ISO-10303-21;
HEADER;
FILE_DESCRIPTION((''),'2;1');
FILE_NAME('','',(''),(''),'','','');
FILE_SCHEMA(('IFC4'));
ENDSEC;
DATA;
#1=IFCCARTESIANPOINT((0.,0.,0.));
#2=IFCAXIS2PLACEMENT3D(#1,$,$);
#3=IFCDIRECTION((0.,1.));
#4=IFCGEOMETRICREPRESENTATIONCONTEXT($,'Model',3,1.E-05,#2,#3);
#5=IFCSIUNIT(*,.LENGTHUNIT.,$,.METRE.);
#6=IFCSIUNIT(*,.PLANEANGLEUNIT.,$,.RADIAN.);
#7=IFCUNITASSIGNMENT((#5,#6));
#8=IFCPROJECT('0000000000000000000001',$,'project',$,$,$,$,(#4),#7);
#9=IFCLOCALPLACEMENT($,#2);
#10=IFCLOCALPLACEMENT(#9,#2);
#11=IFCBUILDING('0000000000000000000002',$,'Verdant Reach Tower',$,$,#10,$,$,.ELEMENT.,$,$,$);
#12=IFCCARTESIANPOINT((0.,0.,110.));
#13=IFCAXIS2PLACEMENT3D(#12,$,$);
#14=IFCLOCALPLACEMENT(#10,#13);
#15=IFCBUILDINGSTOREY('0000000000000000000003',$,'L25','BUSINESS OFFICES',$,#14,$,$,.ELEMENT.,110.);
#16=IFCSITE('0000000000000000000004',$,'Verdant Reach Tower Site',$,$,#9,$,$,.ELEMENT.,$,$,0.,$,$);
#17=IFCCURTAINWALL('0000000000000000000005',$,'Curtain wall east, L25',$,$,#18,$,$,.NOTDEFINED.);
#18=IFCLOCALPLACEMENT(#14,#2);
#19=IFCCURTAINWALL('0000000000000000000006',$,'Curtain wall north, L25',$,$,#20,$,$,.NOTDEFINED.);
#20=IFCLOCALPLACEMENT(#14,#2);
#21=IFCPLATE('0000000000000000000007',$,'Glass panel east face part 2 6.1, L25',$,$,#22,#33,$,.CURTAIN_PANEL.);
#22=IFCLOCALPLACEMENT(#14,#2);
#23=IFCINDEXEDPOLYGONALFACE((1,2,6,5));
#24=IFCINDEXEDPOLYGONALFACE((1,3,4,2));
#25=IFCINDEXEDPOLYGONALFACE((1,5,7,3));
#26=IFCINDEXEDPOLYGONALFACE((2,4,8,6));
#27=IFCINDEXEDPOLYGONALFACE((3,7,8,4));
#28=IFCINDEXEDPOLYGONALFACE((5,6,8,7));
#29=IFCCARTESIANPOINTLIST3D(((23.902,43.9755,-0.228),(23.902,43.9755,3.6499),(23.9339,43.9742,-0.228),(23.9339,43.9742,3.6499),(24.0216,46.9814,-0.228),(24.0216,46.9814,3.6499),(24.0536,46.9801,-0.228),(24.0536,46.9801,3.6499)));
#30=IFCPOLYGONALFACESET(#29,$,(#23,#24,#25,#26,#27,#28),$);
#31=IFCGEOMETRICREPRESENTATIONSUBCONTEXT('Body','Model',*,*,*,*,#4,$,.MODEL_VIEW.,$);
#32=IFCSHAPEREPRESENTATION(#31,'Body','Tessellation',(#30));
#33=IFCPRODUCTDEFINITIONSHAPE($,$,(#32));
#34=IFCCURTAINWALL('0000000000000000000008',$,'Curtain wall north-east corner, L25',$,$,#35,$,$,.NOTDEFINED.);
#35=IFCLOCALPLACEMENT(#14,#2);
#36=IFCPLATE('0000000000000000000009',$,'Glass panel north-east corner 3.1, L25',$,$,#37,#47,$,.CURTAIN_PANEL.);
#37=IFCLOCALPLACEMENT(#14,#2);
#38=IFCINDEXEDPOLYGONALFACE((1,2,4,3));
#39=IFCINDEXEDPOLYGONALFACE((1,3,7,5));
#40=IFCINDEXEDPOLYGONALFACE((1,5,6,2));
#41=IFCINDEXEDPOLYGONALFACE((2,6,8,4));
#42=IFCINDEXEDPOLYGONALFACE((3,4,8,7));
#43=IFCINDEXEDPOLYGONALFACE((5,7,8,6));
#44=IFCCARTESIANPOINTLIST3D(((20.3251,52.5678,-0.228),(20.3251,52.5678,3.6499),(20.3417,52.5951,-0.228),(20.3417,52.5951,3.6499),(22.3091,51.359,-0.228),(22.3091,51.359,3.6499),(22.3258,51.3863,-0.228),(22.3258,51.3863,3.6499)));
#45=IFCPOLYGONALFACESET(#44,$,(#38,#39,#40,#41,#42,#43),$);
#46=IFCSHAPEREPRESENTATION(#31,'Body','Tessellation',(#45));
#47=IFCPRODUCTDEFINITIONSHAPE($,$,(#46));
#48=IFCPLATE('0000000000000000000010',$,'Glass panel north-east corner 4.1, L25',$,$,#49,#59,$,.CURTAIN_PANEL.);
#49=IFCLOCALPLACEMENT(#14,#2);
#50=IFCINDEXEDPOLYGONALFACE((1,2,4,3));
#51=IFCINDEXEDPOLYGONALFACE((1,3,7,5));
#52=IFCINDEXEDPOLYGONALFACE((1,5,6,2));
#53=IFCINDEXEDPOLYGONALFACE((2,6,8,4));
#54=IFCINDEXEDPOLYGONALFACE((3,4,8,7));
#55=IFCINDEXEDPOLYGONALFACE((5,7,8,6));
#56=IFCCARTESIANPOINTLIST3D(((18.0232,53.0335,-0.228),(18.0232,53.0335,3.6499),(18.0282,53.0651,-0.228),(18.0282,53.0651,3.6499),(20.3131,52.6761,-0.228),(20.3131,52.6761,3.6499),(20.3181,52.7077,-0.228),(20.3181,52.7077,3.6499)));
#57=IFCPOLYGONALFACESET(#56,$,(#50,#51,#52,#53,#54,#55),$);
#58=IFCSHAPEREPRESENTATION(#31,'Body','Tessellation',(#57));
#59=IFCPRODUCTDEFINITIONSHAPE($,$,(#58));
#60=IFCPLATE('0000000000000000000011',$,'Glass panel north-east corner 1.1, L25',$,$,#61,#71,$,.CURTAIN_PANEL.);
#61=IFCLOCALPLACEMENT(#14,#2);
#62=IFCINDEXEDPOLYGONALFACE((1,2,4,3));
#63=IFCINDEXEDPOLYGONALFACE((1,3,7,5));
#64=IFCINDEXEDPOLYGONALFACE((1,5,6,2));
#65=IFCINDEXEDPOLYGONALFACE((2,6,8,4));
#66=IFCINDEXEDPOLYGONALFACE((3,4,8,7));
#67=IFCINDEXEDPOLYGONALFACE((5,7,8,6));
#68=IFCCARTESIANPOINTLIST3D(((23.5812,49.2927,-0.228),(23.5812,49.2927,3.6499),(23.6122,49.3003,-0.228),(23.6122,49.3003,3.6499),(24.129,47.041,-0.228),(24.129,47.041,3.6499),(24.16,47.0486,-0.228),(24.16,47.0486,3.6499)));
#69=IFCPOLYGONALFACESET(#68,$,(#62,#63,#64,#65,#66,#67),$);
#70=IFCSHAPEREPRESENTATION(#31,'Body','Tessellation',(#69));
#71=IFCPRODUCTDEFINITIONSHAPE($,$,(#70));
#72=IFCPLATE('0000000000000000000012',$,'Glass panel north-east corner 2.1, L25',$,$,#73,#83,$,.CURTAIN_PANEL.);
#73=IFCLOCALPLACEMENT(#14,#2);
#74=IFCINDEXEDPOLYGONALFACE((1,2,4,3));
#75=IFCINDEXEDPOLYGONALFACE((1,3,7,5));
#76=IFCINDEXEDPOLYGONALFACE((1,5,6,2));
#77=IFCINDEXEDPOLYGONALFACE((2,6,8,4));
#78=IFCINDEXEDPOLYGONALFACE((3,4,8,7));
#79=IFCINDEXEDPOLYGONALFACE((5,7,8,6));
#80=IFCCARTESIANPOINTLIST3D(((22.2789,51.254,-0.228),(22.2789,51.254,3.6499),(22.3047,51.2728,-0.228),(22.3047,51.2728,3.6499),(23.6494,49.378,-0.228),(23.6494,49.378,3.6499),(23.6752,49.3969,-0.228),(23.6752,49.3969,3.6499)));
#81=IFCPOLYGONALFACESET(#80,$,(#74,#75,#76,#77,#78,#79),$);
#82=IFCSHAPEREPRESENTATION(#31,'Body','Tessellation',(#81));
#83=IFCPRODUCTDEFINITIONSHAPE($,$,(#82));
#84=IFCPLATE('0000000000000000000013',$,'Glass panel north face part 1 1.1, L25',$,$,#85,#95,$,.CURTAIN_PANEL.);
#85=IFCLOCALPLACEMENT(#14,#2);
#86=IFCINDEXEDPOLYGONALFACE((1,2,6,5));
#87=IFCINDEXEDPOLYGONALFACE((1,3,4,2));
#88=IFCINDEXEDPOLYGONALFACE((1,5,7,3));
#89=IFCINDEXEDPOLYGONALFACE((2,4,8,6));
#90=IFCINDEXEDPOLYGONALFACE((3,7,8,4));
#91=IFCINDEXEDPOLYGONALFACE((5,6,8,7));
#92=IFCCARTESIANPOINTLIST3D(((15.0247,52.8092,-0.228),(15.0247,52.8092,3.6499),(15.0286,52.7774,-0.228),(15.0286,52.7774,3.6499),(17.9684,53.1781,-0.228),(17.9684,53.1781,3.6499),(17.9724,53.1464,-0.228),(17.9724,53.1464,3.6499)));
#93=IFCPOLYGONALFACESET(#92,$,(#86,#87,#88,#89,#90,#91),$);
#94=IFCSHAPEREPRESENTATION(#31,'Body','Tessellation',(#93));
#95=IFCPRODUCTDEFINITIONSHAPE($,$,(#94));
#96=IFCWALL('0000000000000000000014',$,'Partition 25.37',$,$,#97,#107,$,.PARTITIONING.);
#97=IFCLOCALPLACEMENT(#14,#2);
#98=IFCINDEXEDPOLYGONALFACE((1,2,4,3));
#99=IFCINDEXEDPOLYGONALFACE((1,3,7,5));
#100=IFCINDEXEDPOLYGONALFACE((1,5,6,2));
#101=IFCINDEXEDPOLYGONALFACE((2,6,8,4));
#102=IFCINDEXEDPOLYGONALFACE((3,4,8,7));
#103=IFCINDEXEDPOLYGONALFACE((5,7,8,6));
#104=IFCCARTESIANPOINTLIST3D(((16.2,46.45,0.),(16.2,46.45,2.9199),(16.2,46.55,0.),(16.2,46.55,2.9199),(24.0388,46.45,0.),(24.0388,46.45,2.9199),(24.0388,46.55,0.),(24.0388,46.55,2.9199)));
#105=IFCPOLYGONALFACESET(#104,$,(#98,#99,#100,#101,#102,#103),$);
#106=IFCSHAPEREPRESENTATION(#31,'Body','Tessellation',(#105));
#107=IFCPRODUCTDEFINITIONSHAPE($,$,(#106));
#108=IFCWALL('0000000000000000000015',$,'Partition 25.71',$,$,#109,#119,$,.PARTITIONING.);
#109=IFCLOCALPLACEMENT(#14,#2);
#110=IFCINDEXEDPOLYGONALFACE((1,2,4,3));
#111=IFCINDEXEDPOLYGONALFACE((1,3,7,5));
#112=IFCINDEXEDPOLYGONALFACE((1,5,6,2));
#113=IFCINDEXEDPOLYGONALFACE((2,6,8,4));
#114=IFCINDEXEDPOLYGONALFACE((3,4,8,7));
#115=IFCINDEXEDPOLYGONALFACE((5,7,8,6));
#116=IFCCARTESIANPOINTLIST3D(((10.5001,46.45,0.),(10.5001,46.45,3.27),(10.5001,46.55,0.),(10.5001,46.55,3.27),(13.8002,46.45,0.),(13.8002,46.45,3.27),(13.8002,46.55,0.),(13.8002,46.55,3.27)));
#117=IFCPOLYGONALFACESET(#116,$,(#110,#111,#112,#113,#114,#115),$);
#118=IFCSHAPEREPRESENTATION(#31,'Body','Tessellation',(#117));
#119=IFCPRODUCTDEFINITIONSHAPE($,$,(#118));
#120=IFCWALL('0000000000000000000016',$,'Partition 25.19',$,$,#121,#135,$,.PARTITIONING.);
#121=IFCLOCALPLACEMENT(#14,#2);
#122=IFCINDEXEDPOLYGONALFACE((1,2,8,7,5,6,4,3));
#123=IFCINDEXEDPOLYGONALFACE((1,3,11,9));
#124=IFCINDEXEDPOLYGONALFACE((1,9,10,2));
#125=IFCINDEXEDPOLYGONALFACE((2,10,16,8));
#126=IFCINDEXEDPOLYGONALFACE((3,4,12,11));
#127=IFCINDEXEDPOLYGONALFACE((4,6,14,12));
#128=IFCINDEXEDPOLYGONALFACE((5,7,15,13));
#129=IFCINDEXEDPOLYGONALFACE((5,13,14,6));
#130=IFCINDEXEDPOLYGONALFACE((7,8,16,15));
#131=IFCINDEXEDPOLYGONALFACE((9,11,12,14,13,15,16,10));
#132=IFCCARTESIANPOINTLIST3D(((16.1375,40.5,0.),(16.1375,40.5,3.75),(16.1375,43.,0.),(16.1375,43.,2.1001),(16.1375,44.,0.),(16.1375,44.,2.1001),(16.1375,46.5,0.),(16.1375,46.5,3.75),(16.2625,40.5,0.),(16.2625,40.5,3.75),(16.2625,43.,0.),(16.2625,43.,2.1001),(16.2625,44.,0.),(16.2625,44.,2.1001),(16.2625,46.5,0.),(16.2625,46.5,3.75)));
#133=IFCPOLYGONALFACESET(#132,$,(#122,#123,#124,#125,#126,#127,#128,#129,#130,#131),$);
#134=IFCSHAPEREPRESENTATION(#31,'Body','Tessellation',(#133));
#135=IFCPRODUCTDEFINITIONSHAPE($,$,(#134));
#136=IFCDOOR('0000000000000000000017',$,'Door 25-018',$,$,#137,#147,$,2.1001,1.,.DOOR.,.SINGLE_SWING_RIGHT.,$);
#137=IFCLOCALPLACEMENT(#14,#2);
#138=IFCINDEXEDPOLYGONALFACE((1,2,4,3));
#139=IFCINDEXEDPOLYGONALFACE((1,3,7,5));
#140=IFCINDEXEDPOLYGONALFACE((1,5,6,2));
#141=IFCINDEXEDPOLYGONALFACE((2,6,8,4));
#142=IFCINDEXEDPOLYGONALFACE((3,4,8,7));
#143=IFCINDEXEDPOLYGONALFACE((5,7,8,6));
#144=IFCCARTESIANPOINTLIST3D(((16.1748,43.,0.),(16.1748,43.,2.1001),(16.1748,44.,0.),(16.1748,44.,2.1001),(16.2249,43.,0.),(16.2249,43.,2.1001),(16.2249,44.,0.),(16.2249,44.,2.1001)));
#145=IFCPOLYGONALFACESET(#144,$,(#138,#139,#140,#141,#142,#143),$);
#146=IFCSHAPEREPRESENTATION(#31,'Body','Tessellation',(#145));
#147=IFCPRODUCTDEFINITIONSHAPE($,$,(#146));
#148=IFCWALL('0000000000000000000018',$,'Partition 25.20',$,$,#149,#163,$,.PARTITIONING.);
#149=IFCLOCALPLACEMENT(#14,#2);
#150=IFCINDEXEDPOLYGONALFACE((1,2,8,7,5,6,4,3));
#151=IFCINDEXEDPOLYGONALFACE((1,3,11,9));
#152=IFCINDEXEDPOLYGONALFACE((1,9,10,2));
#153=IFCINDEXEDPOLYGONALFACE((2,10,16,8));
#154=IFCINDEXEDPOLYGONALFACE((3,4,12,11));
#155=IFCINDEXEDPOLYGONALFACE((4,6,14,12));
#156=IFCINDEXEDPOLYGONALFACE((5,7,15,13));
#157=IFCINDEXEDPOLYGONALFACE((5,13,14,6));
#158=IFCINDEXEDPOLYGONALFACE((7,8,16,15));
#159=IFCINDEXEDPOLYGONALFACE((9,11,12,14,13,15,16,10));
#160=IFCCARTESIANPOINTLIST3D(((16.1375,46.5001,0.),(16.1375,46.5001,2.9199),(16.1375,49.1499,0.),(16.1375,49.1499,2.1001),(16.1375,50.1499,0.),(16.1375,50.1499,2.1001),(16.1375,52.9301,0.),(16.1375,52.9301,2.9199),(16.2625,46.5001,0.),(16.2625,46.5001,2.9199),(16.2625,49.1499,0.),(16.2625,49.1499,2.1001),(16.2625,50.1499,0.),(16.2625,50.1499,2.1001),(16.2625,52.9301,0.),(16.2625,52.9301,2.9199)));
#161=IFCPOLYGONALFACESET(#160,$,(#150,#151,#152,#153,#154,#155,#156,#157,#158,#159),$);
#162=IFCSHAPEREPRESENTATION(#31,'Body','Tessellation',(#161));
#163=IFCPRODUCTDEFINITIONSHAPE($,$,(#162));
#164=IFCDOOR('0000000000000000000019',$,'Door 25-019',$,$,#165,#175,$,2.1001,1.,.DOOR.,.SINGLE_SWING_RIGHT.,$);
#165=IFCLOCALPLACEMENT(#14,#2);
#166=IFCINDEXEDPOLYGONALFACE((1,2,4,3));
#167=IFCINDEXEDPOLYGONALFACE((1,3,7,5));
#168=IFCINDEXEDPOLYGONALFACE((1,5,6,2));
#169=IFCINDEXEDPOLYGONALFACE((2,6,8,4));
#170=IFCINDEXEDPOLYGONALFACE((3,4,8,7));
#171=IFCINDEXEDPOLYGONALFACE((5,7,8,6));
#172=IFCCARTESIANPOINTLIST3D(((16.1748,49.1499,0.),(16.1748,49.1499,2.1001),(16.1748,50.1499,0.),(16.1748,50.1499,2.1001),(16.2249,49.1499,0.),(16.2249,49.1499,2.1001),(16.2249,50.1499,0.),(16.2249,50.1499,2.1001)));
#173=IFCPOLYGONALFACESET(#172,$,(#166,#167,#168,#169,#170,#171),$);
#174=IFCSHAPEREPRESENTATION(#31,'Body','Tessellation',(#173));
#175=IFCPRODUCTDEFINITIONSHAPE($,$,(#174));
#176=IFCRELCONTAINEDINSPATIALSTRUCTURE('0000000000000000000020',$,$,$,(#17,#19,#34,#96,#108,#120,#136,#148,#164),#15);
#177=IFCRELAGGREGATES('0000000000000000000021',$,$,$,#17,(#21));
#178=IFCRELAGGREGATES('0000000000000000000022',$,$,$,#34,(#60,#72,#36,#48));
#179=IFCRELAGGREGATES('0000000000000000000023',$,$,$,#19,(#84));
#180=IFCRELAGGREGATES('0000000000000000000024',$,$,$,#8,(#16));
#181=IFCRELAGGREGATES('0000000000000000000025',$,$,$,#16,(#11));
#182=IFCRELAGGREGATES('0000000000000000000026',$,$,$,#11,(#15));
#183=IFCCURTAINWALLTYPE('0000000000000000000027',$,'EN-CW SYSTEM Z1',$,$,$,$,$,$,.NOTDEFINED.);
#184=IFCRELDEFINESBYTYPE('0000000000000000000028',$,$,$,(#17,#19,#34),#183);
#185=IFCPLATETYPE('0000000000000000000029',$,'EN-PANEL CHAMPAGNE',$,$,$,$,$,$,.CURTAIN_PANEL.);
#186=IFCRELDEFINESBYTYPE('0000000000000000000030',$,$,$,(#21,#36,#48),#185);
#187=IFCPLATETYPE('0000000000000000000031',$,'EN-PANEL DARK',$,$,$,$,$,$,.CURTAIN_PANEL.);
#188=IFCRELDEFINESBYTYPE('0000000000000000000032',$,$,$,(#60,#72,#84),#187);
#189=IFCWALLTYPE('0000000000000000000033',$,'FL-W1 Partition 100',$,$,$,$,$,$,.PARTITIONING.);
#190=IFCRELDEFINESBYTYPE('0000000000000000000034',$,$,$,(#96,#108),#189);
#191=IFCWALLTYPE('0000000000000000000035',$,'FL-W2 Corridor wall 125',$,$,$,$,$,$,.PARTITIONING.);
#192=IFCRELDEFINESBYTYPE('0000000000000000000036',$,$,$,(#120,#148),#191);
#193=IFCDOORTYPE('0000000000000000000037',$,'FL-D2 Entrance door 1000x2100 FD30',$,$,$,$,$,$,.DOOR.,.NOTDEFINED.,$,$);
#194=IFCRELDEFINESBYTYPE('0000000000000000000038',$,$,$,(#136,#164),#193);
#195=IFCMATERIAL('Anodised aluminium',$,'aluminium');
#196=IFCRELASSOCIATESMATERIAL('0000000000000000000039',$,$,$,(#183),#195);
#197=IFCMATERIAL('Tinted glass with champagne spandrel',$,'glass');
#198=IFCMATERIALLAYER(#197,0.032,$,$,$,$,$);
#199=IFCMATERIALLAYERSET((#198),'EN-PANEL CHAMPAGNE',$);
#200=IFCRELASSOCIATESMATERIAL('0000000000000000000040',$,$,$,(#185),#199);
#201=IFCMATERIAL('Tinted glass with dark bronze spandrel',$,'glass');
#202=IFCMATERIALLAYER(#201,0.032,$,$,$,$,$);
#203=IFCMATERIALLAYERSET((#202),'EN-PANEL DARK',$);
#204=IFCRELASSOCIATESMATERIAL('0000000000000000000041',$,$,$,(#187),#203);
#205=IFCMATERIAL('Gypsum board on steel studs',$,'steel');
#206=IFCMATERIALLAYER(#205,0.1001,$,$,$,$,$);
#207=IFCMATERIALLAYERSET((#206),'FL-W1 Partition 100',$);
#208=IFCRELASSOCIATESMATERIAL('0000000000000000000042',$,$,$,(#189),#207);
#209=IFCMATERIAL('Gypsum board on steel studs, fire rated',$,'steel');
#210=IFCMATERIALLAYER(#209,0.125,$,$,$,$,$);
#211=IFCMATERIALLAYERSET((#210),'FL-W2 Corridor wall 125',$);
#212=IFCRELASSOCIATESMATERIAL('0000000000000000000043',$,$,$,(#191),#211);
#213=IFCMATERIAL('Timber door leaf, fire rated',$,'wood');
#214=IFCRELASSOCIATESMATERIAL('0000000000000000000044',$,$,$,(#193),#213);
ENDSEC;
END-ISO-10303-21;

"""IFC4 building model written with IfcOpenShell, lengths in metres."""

from ifc_helpers import new_model, si_unit, direction, frame, frame_2d, origin, origin_2d, place, context, subcontext, project, spatial, rectangle, extrude, material, layer, layer_set, type_object, element, fill, aggregate, save


model = new_model("IFC4")

# Units and contexts
model_context = context("Model", 3, precision=1e-05, world=origin(), true_north=direction((0.0, 1.0)))
body_context = subcontext(model_context, "Body", "Model", "MODEL_VIEW")
ifc_project = project(units=[si_unit("LENGTHUNIT", "METRE"), si_unit("PLANEANGLEUNIT", "RADIAN")], contexts=[model_context])

# Site, building, storey
site_placement = place(None, origin())
site = spatial("IfcSite", under=ifc_project, at=site_placement, Name="Verdant Reach Tower Site", CompositionType="ELEMENT", RefElevation=0.0)
building_placement = place(site_placement, origin())
building = spatial("IfcBuilding", under=site, at=building_placement, Name="Verdant Reach Tower", CompositionType="ELEMENT")
storey_placement = place(building_placement, frame((0.0, 0.0, 110.0)))
storey = spatial("IfcBuildingStorey", under=building, at=storey_placement, Name="L25", Description="BUSINESS OFFICES", CompositionType="ELEMENT", Elevation=110.0)

# Curtain walls
ifc_material_1 = material(Name="Anodised aluminium", Category="aluminium")
curtain_wall_type = type_object("IfcCurtainWallType", Name="EN-CW SYSTEM Z1", PredefinedType="NOTDEFINED", material=ifc_material_1)
curtain_wall_1_placement = place(storey_placement, origin())
curtain_wall_1 = element("IfcCurtainWall", 1, at=curtain_wall_1_placement, inside=storey, type_object=curtain_wall_type, Name="Curtain wall east, L25", PredefinedType="NOTDEFINED")
curtain_wall_2_placement = place(storey_placement, origin())
curtain_wall_2 = element("IfcCurtainWall", 2, at=curtain_wall_2_placement, inside=storey, type_object=curtain_wall_type, Name="Curtain wall north, L25", PredefinedType="NOTDEFINED")

# Plate
ifc_material_2 = material(Name="Tinted glass with champagne spandrel", Category="glass")
ifc_layer_1 = layer(ifc_material_2, 0.032)
ifc_layer_set_1 = layer_set([ifc_layer_1], Name="EN-PANEL CHAMPAGNE")
plate_type_1 = type_object("IfcPlateType", Name="EN-PANEL CHAMPAGNE", PredefinedType="CURTAIN_PANEL", material=ifc_layer_set_1)
plate_1_placement = place(storey_placement, frame((23.9778, 45.4778, -0.228), z_axis=(0.0, 0.0, 1.0), x_axis=(0.039784, 0.999208, 0.0)))
plate_1 = element("IfcPlate", 3, at=plate_1_placement, type_object=plate_type_1, Name="Glass panel east face part 2 6.1, L25", PredefinedType="CURTAIN_PANEL", context=body_context, shape_type="SweptSolid", body=[
    extrude(rectangle(XDim=3.0083, YDim=0.032, at=origin_2d()), origin(), (0.0, 0.0, 1.0), 3.8779),
])
aggregate(curtain_wall_1, [plate_1])

# Curtain wall, plates
curtain_wall_3_placement = place(storey_placement, origin())
curtain_wall_3 = element("IfcCurtainWall", 4, at=curtain_wall_3_placement, inside=storey, type_object=curtain_wall_type, Name="Curtain wall north-east corner, L25", PredefinedType="NOTDEFINED")
plate_2_placement = place(storey_placement, frame((21.3254, 51.9771, -0.228), z_axis=(0.0, 0.0, 1.0), x_axis=(-0.853989, 0.520292, 0.0)))
plate_2 = element("IfcPlate", 5, at=plate_2_placement, type_object=plate_type_1, Name="Glass panel north-east corner 3.1, L25", PredefinedType="CURTAIN_PANEL", context=body_context, shape_type="SweptSolid", body=[
    extrude(rectangle(XDim=2.3232, YDim=0.032, at=origin_2d()), origin(), (0.0, 0.0, 1.0), 3.8779),
])
plate_3_placement = place(storey_placement, frame((19.1707, 52.8706, -0.228), z_axis=(0.0, 0.0, 1.0), x_axis=(-0.988033, 0.154245, 0.0)))
plate_3 = element("IfcPlate", 6, at=plate_3_placement, type_object=plate_type_1, Name="Glass panel north-east corner 4.1, L25", PredefinedType="CURTAIN_PANEL", context=body_context, shape_type="SweptSolid", body=[
    extrude(rectangle(XDim=2.3176, YDim=0.032, at=origin_2d()), origin(), (0.0, 0.0, 1.0), 3.8779),
])
ifc_material_3 = material(Name="Tinted glass with dark bronze spandrel", Category="glass")
ifc_layer_2 = layer(ifc_material_3, 0.032)
ifc_layer_set_2 = layer_set([ifc_layer_2], Name="EN-PANEL DARK")
plate_type_2 = type_object("IfcPlateType", Name="EN-PANEL DARK", PredefinedType="CURTAIN_PANEL", material=ifc_layer_set_2)
plate_4_placement = place(storey_placement, frame((23.8706, 48.1707, -0.228), z_axis=(0.0, 0.0, 1.0), x_axis=(-0.236383, 0.97166, 0.0)))
plate_4 = element("IfcPlate", 7, at=plate_4_placement, type_object=plate_type_2, Name="Glass panel north-east corner 1.1, L25", PredefinedType="CURTAIN_PANEL", context=body_context, shape_type="SweptSolid", body=[
    extrude(rectangle(XDim=2.3174, YDim=0.032, at=origin_2d()), origin(), (0.0, 0.0, 1.0), 3.8779),
])
plate_5_placement = place(storey_placement, frame((22.9771, 50.3254, -0.228), z_axis=(0.0, 0.0, 1.0), x_axis=(-0.589927, 0.807457, 0.0)))
plate_5 = element("IfcPlate", 8, at=plate_5_placement, type_object=plate_type_2, Name="Glass panel north-east corner 2.1, L25", PredefinedType="CURTAIN_PANEL", context=body_context, shape_type="SweptSolid", body=[
    extrude(rectangle(XDim=2.3232, YDim=0.032, at=origin_2d()), origin(), (0.0, 0.0, 1.0), 3.8779),
])
aggregate(curtain_wall_3, [plate_4, plate_5, plate_2, plate_3])

# Plate
plate_6_placement = place(storey_placement, frame((16.4985, 52.9778, -0.228), z_axis=(0.0, 0.0, 1.0), x_axis=(-0.992235, -0.124374, 0.0)))
plate_6 = element("IfcPlate", 9, at=plate_6_placement, type_object=plate_type_2, Name="Glass panel north face part 1 1.1, L25", PredefinedType="CURTAIN_PANEL", context=body_context, shape_type="SweptSolid", body=[
    extrude(rectangle(XDim=2.9668, YDim=0.032, at=origin_2d()), origin(), (0.0, 0.0, 1.0), 3.8779),
])
aggregate(curtain_wall_2, [plate_6])

# Walls
ifc_material_4 = material(Name="Gypsum board on steel studs", Category="steel")
ifc_layer_3 = layer(ifc_material_4, 0.1001)
ifc_layer_set_3 = layer_set([ifc_layer_3], Name="FL-W1 Partition 100")
wall_type_1 = type_object("IfcWallType", Name="FL-W1 Partition 100", PredefinedType="PARTITIONING", material=ifc_layer_set_3)
wall_1_placement = place(storey_placement, frame((24.0388, 46.5, 0.0), z_axis=(0.0, 0.0, 1.0), x_axis=(-1.0, 0.0, 0.0)))
element("IfcWall", 10, at=wall_1_placement, inside=storey, type_object=wall_type_1, Name="Partition 25.37", PredefinedType="PARTITIONING", context=body_context, shape_type="SweptSolid", body=[
    extrude(rectangle(XDim=7.8389, YDim=0.1001, at=frame_2d((3.9194, 0.0))), origin(), (0.0, 0.0, 1.0), 2.9199),
])
wall_2_placement = place(storey_placement, frame((13.8, 46.5, 0.0), z_axis=(0.0, 0.0, 1.0), x_axis=(-1.0, 0.0, 0.0)))
element("IfcWall", 11, at=wall_2_placement, inside=storey, type_object=wall_type_1, Name="Partition 25.71", PredefinedType="PARTITIONING", context=body_context, shape_type="SweptSolid", body=[
    extrude(rectangle(XDim=3.3, YDim=0.1001, at=frame_2d((1.6499, 0.0))), origin(), (0.0, 0.0, 1.0), 3.27),
])

# Walls, openings, doors
ifc_material_5 = material(Name="Gypsum board on steel studs, fire rated", Category="steel")
ifc_layer_4 = layer(ifc_material_5, 0.125)
ifc_layer_set_4 = layer_set([ifc_layer_4], Name="FL-W2 Corridor wall 125")
wall_type_2 = type_object("IfcWallType", Name="FL-W2 Corridor wall 125", PredefinedType="PARTITIONING", material=ifc_layer_set_4)
wall_3_placement = place(storey_placement, frame((16.2, 46.5, 0.0), z_axis=(0.0, 0.0, 1.0), x_axis=(0.0, -1.0, 0.0)))
wall_3 = element("IfcWall", 12, at=wall_3_placement, inside=storey, type_object=wall_type_2, Name="Partition 25.19", PredefinedType="PARTITIONING", context=body_context, shape_type="SweptSolid", body=[
    extrude(rectangle(XDim=6.0, YDim=0.125, at=frame_2d((3.0, 0.0))), origin(), (0.0, 0.0, 1.0), 3.75),
])
opening_1_placement = place(wall_3_placement, frame((2.5, 0.0, 0.0)))
opening_1 = element("IfcOpeningElement", 13, at=opening_1_placement, cuts=wall_3, PredefinedType="OPENING", context=body_context, shape_type="SweptSolid", body=[
    extrude(rectangle(XDim=1.0, YDim=2.1001, at=frame_2d((0.5, 1.05))), frame((0.0, 0.0725, 0.0), z_axis=(0.0, -1.0, 0.0), x_axis=(1.0, 0.0, 0.0)), (0.0, 0.0, 1.0), 0.145),
])
ifc_material_6 = material(Name="Timber door leaf, fire rated", Category="wood")
door_type = type_object("IfcDoorType", Name="FL-D2 Entrance door 1000x2100 FD30", OperationType="NOTDEFINED", PredefinedType="DOOR", material=ifc_material_6)
door_1_placement = place(opening_1_placement, origin())
door_1 = element("IfcDoor", 14, at=door_1_placement, inside=storey, type_object=door_type, Name="Door 25-018", OperationType="SINGLE_SWING_RIGHT", OverallHeight=2.1001, OverallWidth=1.0, PredefinedType="DOOR", context=body_context, shape_type="SweptSolid", body=[
    extrude(rectangle(XDim=1.0, YDim=2.1001, at=frame_2d((0.5, 1.05))), frame((0.0, 0.0249, 0.0), z_axis=(0.0, -1.0, 0.0), x_axis=(1.0, 0.0, 0.0)), (0.0, 0.0, 1.0), 0.05),
])
fill(opening_1, door_1)
wall_4_placement = place(storey_placement, frame((16.2, 52.9299, 0.0), z_axis=(0.0, 0.0, 1.0), x_axis=(0.0, -1.0, 0.0)))
wall_4 = element("IfcWall", 15, at=wall_4_placement, inside=storey, type_object=wall_type_2, Name="Partition 25.20", PredefinedType="PARTITIONING", context=body_context, shape_type="SweptSolid", body=[
    extrude(rectangle(XDim=6.4299, YDim=0.125, at=frame_2d((3.2148, 0.0))), origin(), (0.0, 0.0, 1.0), 2.9199),
])
opening_2_placement = place(wall_4_placement, frame((2.78, 0.0, 0.0)))
opening_2 = element("IfcOpeningElement", 16, at=opening_2_placement, cuts=wall_4, PredefinedType="OPENING", context=body_context, shape_type="SweptSolid", body=[
    extrude(rectangle(XDim=1.0, YDim=2.1001, at=frame_2d((0.5, 1.05))), frame((0.0, 0.0725, 0.0), z_axis=(0.0, -1.0, 0.0), x_axis=(1.0, 0.0, 0.0)), (0.0, 0.0, 1.0), 0.145),
])
door_2_placement = place(opening_2_placement, origin())
door_2 = element("IfcDoor", 17, at=door_2_placement, inside=storey, type_object=door_type, Name="Door 25-019", OperationType="SINGLE_SWING_RIGHT", OverallHeight=2.1001, OverallWidth=1.0, PredefinedType="DOOR", context=body_context, shape_type="SweptSolid", body=[
    extrude(rectangle(XDim=1.0, YDim=2.1001, at=frame_2d((0.5, 1.05))), frame((0.0, 0.0249, 0.0), z_axis=(0.0, -1.0, 0.0), x_axis=(1.0, 0.0, 0.0)), (0.0, 0.0, 1.0), 0.05),
])
fill(opening_2, door_2)

save(model, "model.ifc")
